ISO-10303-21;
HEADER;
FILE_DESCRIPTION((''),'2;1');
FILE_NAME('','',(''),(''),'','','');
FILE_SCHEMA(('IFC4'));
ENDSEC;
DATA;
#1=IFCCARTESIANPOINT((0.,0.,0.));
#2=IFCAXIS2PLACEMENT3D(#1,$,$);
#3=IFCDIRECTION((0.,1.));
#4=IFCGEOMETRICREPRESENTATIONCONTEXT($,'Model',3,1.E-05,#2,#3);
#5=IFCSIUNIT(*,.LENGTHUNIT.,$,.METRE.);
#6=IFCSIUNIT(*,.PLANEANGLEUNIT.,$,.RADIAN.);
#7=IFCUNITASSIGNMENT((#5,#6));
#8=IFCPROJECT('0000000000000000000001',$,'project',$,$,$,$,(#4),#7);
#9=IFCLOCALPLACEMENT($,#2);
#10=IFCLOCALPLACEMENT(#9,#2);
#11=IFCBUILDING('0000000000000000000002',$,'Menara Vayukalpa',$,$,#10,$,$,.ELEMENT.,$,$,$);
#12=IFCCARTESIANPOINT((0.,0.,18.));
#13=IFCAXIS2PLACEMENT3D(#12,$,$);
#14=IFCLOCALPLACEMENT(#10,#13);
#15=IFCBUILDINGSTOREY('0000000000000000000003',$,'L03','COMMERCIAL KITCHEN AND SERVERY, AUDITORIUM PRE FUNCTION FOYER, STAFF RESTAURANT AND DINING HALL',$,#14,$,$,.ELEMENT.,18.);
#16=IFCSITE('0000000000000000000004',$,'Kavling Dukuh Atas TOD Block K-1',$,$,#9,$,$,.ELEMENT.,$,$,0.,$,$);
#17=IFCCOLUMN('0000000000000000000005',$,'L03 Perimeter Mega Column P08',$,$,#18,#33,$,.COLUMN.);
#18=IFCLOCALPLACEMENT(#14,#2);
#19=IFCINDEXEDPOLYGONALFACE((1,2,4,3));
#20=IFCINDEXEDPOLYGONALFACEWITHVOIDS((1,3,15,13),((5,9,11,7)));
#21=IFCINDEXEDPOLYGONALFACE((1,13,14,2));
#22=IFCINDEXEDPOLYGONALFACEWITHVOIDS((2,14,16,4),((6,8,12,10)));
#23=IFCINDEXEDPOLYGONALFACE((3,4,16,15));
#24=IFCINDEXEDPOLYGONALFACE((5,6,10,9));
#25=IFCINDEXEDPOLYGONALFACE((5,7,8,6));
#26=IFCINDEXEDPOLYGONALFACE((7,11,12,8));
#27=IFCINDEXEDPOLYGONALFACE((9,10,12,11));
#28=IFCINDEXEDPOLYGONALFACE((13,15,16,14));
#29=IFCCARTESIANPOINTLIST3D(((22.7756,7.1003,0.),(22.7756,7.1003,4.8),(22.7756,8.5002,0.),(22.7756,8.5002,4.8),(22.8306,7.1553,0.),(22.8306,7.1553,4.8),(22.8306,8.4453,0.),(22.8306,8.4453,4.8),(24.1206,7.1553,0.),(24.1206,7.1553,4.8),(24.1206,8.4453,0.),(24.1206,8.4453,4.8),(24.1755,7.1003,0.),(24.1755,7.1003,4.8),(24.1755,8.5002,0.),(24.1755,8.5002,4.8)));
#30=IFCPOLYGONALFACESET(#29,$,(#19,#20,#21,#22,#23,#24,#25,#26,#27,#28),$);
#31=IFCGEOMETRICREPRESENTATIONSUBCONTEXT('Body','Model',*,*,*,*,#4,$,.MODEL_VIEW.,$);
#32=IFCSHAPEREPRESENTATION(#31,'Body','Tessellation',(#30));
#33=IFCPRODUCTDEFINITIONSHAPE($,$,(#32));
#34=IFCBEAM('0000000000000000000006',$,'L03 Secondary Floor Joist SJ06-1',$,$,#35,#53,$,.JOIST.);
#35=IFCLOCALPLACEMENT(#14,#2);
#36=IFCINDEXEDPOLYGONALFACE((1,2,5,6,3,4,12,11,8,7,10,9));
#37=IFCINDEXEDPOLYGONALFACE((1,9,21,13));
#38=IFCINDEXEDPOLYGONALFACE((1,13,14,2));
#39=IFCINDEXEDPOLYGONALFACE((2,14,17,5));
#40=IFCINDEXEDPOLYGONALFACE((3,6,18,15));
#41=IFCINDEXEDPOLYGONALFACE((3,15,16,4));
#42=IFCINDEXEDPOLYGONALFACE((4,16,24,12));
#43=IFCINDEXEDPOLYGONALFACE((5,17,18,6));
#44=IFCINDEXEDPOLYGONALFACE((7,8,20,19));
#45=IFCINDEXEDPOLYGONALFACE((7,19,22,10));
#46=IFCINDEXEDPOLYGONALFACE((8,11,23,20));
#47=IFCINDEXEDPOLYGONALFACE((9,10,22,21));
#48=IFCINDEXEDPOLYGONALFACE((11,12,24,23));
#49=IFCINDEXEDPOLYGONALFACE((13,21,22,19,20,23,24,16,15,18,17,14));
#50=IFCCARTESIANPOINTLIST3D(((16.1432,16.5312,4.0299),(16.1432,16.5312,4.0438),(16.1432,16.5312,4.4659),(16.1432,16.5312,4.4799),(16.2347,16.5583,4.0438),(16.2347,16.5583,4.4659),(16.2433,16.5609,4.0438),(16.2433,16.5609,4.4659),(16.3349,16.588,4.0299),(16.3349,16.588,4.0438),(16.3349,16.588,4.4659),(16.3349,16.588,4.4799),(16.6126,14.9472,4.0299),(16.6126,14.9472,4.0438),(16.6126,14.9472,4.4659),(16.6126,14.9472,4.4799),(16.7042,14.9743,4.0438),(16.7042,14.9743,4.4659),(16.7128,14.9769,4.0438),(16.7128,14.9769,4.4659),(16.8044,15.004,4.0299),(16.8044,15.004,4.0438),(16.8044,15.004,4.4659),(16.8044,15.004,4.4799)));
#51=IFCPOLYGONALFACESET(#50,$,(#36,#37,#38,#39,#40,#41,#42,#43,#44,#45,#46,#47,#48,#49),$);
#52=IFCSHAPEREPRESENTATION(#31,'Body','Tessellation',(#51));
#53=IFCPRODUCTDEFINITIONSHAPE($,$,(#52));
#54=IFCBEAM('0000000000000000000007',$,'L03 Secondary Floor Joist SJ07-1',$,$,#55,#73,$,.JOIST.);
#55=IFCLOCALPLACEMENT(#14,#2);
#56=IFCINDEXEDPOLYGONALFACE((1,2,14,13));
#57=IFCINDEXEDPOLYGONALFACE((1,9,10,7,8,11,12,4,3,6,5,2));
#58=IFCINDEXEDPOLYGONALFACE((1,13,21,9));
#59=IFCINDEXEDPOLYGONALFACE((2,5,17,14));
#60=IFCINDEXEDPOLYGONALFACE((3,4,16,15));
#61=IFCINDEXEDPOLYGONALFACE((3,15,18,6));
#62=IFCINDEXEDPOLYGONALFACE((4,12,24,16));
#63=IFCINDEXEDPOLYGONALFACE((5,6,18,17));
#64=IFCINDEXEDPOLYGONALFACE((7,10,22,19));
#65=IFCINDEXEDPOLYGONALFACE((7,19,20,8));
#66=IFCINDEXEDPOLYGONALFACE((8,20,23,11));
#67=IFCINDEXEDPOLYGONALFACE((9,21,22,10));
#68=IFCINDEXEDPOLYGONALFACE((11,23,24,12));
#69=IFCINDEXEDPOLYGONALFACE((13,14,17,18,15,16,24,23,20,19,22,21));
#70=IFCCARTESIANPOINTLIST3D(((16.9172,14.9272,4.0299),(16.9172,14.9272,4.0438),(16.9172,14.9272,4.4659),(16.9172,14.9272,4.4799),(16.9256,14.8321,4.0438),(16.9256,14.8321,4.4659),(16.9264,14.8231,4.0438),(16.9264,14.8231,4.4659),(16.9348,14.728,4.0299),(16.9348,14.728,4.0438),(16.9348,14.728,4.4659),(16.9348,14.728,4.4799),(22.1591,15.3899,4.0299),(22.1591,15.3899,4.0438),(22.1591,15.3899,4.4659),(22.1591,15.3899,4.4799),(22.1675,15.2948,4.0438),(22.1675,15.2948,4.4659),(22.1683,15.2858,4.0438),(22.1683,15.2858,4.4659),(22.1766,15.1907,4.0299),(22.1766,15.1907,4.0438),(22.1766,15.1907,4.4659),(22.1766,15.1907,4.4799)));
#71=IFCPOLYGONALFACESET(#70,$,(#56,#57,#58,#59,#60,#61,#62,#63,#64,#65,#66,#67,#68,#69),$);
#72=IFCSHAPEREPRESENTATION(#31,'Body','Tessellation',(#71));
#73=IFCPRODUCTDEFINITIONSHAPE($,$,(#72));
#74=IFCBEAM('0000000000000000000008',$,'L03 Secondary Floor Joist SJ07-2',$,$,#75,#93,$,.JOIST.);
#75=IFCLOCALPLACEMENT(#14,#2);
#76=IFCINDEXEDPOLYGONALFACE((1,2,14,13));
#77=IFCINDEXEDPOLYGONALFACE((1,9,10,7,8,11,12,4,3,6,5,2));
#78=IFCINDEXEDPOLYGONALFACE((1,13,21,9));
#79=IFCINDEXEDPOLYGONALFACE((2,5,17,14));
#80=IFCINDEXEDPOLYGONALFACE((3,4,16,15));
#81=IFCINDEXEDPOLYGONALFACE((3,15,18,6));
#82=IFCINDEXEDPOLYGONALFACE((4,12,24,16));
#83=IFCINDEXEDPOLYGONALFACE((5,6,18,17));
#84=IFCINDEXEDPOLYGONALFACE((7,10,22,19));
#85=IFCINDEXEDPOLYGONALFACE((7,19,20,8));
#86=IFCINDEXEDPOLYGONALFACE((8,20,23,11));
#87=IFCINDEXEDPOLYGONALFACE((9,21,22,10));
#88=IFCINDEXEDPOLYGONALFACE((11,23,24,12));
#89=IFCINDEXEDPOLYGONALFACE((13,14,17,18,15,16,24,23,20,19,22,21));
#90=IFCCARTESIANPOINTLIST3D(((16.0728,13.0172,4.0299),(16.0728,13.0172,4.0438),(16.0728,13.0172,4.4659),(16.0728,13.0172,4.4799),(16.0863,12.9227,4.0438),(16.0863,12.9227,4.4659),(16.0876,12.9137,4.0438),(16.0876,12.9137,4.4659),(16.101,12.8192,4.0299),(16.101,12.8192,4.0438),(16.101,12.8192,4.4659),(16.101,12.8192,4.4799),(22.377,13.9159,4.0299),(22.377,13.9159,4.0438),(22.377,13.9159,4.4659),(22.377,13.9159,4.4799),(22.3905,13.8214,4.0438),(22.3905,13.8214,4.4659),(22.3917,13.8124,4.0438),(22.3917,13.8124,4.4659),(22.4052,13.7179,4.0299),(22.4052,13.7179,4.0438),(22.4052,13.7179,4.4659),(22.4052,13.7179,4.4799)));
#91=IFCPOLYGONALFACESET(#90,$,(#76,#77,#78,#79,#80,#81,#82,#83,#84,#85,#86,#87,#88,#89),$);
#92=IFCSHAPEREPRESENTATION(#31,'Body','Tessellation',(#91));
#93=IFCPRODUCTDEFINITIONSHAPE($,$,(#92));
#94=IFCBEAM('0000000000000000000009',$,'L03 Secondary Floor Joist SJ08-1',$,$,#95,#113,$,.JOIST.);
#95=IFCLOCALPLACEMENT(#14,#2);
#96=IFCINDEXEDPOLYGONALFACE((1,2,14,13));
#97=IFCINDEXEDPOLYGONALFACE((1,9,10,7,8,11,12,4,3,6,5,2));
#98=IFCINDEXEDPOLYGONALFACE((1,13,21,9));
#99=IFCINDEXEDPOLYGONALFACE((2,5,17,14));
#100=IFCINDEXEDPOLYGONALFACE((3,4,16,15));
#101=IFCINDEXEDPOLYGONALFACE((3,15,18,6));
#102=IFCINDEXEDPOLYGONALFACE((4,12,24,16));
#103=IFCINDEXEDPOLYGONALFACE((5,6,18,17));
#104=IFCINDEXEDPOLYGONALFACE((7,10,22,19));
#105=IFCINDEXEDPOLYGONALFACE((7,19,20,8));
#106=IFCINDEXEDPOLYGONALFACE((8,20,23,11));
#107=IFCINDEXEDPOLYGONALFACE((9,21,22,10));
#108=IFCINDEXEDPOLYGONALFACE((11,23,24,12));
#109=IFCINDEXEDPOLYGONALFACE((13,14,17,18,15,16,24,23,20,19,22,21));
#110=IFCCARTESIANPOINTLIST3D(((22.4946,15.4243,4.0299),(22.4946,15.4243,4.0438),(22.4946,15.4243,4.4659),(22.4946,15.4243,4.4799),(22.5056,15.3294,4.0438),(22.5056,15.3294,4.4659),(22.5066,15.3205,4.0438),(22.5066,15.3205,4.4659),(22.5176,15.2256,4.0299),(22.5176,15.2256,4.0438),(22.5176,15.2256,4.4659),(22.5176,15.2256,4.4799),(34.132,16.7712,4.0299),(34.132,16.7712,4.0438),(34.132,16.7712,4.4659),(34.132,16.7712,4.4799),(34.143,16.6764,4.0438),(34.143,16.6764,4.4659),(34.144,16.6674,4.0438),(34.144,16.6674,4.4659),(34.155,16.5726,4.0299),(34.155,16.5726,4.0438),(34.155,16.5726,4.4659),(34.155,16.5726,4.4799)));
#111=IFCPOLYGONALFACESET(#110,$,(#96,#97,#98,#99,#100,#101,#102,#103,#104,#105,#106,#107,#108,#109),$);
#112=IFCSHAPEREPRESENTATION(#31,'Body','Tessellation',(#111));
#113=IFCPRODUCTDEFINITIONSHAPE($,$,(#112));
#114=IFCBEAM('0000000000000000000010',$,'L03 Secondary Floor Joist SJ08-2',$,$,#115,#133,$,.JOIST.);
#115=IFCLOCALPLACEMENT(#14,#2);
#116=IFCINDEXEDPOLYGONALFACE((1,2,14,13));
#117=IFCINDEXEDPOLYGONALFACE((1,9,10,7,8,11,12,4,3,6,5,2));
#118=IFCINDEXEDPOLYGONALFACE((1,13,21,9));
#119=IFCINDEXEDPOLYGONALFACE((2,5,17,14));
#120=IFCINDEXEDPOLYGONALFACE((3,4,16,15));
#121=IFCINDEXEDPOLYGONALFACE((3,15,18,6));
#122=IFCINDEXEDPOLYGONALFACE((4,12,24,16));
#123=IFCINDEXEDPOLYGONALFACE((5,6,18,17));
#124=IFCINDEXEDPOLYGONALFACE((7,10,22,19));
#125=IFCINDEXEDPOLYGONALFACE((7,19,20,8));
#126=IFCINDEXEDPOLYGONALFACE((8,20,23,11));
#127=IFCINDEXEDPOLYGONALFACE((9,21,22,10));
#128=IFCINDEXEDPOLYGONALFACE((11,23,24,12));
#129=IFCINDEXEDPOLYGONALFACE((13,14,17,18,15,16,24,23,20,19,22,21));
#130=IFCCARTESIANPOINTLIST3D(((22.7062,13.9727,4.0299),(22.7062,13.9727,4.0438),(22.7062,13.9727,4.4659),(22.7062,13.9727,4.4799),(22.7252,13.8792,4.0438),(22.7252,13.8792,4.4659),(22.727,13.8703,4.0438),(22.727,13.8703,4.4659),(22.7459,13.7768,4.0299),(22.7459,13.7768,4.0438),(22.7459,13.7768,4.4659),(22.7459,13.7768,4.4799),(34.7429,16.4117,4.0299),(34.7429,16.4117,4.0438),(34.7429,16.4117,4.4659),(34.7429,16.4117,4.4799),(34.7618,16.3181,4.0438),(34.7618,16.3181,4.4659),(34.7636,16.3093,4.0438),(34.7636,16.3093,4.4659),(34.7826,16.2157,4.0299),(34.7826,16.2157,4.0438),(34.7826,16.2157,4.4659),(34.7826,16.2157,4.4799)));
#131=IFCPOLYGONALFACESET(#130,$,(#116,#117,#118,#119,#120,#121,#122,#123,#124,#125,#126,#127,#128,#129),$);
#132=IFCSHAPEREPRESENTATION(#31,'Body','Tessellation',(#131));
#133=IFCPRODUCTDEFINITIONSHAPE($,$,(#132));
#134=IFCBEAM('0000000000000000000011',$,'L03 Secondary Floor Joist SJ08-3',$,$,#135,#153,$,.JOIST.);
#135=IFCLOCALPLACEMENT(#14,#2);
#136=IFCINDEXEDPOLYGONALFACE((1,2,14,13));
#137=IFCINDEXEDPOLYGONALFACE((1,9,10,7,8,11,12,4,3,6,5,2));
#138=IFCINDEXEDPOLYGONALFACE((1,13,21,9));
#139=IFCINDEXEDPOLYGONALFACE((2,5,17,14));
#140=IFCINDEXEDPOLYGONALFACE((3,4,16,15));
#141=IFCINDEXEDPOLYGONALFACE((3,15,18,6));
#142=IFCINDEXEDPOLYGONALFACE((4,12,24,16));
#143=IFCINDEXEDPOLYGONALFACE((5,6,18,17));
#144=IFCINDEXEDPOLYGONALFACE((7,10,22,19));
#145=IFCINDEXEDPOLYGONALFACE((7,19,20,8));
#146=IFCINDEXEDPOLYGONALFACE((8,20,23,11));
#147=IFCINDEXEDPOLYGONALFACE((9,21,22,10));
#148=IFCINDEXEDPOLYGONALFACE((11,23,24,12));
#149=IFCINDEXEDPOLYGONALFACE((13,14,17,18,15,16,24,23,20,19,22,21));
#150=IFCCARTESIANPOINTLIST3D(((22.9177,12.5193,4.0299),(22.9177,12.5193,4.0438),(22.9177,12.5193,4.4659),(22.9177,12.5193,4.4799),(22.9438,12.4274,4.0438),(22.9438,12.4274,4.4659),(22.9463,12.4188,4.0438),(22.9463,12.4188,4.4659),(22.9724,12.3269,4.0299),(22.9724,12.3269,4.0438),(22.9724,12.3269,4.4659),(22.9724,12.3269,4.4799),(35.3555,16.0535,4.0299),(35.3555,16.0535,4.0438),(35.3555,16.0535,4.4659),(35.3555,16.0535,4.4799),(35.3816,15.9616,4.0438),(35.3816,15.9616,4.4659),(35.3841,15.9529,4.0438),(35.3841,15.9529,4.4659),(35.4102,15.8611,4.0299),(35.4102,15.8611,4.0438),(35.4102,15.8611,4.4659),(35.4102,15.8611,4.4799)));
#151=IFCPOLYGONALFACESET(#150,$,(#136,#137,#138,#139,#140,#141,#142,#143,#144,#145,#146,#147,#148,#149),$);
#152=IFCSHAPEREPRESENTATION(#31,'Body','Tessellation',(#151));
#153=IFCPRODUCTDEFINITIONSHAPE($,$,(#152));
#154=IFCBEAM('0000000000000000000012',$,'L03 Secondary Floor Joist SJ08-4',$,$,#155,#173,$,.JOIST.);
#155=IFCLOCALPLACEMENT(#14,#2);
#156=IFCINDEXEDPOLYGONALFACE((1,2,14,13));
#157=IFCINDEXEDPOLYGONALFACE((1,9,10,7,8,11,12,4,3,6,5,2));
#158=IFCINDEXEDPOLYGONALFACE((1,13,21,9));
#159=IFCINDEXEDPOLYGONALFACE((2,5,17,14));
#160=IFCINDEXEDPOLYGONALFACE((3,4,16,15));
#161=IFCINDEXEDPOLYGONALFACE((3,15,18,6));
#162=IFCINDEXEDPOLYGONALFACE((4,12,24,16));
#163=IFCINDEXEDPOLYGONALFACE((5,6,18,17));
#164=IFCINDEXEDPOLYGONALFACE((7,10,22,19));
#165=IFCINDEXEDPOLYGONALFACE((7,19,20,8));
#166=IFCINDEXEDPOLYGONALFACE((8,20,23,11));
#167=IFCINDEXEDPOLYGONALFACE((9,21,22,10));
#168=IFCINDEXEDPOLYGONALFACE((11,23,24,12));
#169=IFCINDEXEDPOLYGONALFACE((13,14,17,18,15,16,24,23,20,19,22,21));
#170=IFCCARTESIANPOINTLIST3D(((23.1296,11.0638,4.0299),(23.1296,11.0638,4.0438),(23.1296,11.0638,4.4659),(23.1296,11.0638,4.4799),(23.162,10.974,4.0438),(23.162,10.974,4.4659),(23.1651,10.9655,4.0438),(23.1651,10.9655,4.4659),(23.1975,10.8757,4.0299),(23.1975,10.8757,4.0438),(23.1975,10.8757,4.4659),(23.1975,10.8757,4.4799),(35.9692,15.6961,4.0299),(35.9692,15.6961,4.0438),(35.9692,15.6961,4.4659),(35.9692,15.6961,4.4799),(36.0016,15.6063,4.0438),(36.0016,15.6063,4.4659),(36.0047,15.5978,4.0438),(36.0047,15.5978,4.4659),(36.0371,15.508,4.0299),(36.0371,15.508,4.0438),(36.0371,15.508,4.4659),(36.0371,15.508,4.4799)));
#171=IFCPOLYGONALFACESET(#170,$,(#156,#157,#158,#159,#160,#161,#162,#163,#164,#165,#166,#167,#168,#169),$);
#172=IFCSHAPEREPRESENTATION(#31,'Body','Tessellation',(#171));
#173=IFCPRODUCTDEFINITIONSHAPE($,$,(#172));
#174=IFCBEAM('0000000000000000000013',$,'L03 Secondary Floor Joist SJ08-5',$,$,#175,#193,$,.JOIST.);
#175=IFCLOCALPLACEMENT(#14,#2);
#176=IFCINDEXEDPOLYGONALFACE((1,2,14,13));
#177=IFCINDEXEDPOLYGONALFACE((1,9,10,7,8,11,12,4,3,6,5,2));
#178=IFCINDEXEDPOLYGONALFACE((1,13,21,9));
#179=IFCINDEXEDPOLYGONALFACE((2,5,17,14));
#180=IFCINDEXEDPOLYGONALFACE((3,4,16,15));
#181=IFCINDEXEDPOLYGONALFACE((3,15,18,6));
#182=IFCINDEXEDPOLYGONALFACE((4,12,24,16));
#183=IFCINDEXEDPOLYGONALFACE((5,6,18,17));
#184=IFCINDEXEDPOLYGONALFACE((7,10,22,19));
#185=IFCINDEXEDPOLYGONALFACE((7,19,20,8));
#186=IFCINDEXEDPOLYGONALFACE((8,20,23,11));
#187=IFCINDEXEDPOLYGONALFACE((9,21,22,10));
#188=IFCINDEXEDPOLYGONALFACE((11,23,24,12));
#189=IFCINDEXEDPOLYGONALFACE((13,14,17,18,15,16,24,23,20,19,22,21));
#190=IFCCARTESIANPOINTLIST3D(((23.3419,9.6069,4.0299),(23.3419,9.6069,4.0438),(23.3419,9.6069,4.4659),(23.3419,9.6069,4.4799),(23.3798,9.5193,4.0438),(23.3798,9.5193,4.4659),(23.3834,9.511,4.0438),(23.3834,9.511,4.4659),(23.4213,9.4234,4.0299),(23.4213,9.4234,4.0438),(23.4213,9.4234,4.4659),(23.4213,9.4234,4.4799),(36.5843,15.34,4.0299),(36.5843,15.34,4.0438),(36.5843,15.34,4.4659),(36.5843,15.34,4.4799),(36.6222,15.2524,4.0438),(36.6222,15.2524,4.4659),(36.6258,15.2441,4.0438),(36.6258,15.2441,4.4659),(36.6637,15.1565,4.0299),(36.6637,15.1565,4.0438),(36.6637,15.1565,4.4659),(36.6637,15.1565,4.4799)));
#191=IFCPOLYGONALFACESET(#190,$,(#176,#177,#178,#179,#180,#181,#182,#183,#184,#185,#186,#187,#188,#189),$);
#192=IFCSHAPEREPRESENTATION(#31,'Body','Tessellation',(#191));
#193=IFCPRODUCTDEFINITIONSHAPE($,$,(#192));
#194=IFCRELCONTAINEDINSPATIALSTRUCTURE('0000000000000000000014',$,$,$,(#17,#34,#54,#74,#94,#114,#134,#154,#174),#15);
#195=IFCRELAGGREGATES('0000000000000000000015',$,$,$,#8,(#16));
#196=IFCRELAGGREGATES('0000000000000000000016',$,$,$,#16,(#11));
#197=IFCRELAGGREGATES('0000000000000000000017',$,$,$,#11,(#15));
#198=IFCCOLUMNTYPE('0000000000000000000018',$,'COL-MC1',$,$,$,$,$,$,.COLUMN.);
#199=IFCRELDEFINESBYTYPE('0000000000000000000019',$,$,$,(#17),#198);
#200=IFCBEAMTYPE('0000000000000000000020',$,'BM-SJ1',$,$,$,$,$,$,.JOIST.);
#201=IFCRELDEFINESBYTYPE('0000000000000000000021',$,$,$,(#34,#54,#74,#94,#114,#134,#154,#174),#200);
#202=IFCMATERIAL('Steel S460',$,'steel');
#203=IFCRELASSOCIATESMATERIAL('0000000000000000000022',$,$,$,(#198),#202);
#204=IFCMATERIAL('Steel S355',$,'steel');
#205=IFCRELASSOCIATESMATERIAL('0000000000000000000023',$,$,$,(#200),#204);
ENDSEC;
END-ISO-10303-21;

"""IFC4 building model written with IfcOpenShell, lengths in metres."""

from ifc_helpers import new_model, si_unit, direction, frame, origin, origin_2d, place, context, subcontext, project, spatial, hollow_rectangle, i_section, extrude, material, material_profile, profile_set, type_object, element, save


model = new_model("IFC4")

# Units and contexts
model_context = context("Model", 3, precision=1e-05, world=origin(), true_north=direction((0.0, 1.0)))
body_context = subcontext(model_context, "Body", "Model", "MODEL_VIEW")
ifc_project = project(units=[si_unit("LENGTHUNIT", "METRE"), si_unit("PLANEANGLEUNIT", "RADIAN")], contexts=[model_context])

# Site, building, storey
site_placement = place(None, origin())
site = spatial("IfcSite", under=ifc_project, at=site_placement, Name="Kavling Dukuh Atas TOD Block K-1", CompositionType="ELEMENT", RefElevation=0.0)
building_placement = place(site_placement, origin())
building = spatial("IfcBuilding", under=site, at=building_placement, Name="Menara Vayukalpa", CompositionType="ELEMENT")
storey_placement = place(building_placement, frame((0.0, 0.0, 18.0)))
storey = spatial("IfcBuildingStorey", under=building, at=storey_placement, Name="L03", Description="COMMERCIAL KITCHEN AND SERVERY, AUDITORIUM PRE FUNCTION FOYER, STAFF RESTAURANT AND DINING HALL", CompositionType="ELEMENT", Elevation=18.0)

# Column
ifc_material_1 = material(Name="Steel S460", Category="steel")
ifc_material_profile_1 = material_profile(ifc_material_1, hollow_rectangle(XDim=1.3999, YDim=1.3999, WallThickness=0.0549, at=origin_2d()), Name="BOX 1400x1400x55")
ifc_profile_set_1 = profile_set([ifc_material_profile_1], Name="Steel S460")
column_type = type_object("IfcColumnType", Name="COL-MC1", PredefinedType="COLUMN", material=ifc_profile_set_1)
column_placement = place(storey_placement, frame((23.4756, 7.8003, 0.0), z_axis=(0.0, 0.0, 1.0), x_axis=(1.0, 0.0, 0.0)))
element("IfcColumn", 1, at=column_placement, inside=storey, type_object=column_type, Name="L03 Perimeter Mega Column P08", PredefinedType="COLUMN", context=body_context, shape_type="SweptSolid", body=[
    extrude(hollow_rectangle(XDim=1.3999, YDim=1.3999, WallThickness=0.0549, at=origin_2d()), origin(), (0.0, 0.0, 1.0), 4.8),
])

# Beams
ifc_material_2 = material(Name="Steel S355", Category="steel")
ifc_material_profile_2 = material_profile(ifc_material_2, i_section(OverallWidth=0.2, OverallDepth=0.45, WebThickness=0.009, FlangeThickness=0.0139, at=origin_2d()), Name="WF 450x200x9x14")
ifc_profile_set_2 = profile_set([ifc_material_profile_2], Name="Steel S355")
beam_type_1 = type_object("IfcBeamType", Name="BM-SJ1", PredefinedType="JOIST", material=ifc_profile_set_2)
beam_1_placement = place(storey_placement, frame((16.239, 16.5596, 4.2549), z_axis=(0.284174, -0.958773, 0.0), x_axis=(0.958773, 0.284174, 0.0)))
element("IfcBeam", 2, at=beam_1_placement, inside=storey, type_object=beam_type_1, Name="L03 Secondary Floor Joist SJ06-1", PredefinedType="JOIST", context=body_context, shape_type="SweptSolid", body=[
    extrude(i_section(OverallWidth=0.2, OverallDepth=0.45, WebThickness=0.009, FlangeThickness=0.0139, at=origin_2d()), origin(), (0.0, 0.0, 1.0), 1.6521),
])
beam_2_placement = place(storey_placement, frame((16.926, 14.8276, 4.2549), z_axis=(0.996128, 0.087917, 0.0), x_axis=(-0.087917, 0.996128, 0.0)))
element("IfcBeam", 3, at=beam_2_placement, inside=storey, type_object=beam_type_1, Name="L03 Secondary Floor Joist SJ07-1", PredefinedType="JOIST", context=body_context, shape_type="SweptSolid", body=[
    extrude(i_section(OverallWidth=0.2, OverallDepth=0.45, WebThickness=0.009, FlangeThickness=0.0139, at=origin_2d()), origin(), (0.0, 0.0, 1.0), 5.2622),
])
beam_3_placement = place(storey_placement, frame((16.0869, 12.9182, 4.2549), z_axis=(0.989992, 0.141126, 0.0), x_axis=(-0.141126, 0.989992, 0.0)))
element("IfcBeam", 4, at=beam_3_placement, inside=storey, type_object=beam_type_1, Name="L03 Secondary Floor Joist SJ07-2", PredefinedType="JOIST", context=body_context, shape_type="SweptSolid", body=[
    extrude(i_section(OverallWidth=0.2, OverallDepth=0.45, WebThickness=0.009, FlangeThickness=0.0139, at=origin_2d()), origin(), (0.0, 0.0, 1.0), 6.3679),
])
beam_4_placement = place(storey_placement, frame((22.5061, 15.325, 4.2549), z_axis=(0.993369, 0.114973, 0.0), x_axis=(-0.114973, 0.993369, 0.0)))
element("IfcBeam", 5, at=beam_4_placement, inside=storey, type_object=beam_type_1, Name="L03 Secondary Floor Joist SJ08-1", PredefinedType="JOIST", context=body_context, shape_type="SweptSolid", body=[
    extrude(i_section(OverallWidth=0.2, OverallDepth=0.45, WebThickness=0.009, FlangeThickness=0.0139, at=origin_2d()), origin(), (0.0, 0.0, 1.0), 11.7151),
])
beam_5_placement = place(storey_placement, frame((22.7261, 13.8748, 4.2549), z_axis=(0.980082, 0.198593, 0.0), x_axis=(-0.198593, 0.980082, 0.0)))
element("IfcBeam", 6, at=beam_5_placement, inside=storey, type_object=beam_type_1, Name="L03 Secondary Floor Joist SJ08-2", PredefinedType="JOIST", context=body_context, shape_type="SweptSolid", body=[
    extrude(i_section(OverallWidth=0.2, OverallDepth=0.45, WebThickness=0.009, FlangeThickness=0.0139, at=origin_2d()), origin(), (0.0, 0.0, 1.0), 12.2812),
])
beam_6_placement = place(storey_placement, frame((22.9451, 12.4231, 4.2549), z_axis=(0.961921, 0.273329, 0.0), x_axis=(-0.273329, 0.961921, 0.0)))
element("IfcBeam", 7, at=beam_6_placement, inside=storey, type_object=beam_type_1, Name="L03 Secondary Floor Joist SJ08-3", PredefinedType="JOIST", context=body_context, shape_type="SweptSolid", body=[
    extrude(i_section(OverallWidth=0.2, OverallDepth=0.45, WebThickness=0.009, FlangeThickness=0.0139, at=origin_2d()), origin(), (0.0, 0.0, 1.0), 12.9302),
])
beam_7_placement = place(storey_placement, frame((23.1636, 10.9697, 4.2549), z_axis=(0.940652, 0.339372, 0.0), x_axis=(-0.339372, 0.940652, 0.0)))
element("IfcBeam", 8, at=beam_7_placement, inside=storey, type_object=beam_type_1, Name="L03 Secondary Floor Joist SJ08-4", PredefinedType="JOIST", context=body_context, shape_type="SweptSolid", body=[
    extrude(i_section(OverallWidth=0.2, OverallDepth=0.45, WebThickness=0.009, FlangeThickness=0.0139, at=origin_2d()), origin(), (0.0, 0.0, 1.0), 13.6497),
])
beam_8_placement = place(storey_placement, frame((23.3816, 9.5151, 4.2549), z_axis=(0.917688, 0.397302, 0.0), x_axis=(-0.397302, 0.917688, 0.0)))
element("IfcBeam", 9, at=beam_8_placement, inside=storey, type_object=beam_type_1, Name="L03 Secondary Floor Joist SJ08-5", PredefinedType="JOIST", context=body_context, shape_type="SweptSolid", body=[
    extrude(i_section(OverallWidth=0.2, OverallDepth=0.45, WebThickness=0.009, FlangeThickness=0.0139, at=origin_2d()), origin(), (0.0, 0.0, 1.0), 14.4302),
])

save(model, "model.ifc")
